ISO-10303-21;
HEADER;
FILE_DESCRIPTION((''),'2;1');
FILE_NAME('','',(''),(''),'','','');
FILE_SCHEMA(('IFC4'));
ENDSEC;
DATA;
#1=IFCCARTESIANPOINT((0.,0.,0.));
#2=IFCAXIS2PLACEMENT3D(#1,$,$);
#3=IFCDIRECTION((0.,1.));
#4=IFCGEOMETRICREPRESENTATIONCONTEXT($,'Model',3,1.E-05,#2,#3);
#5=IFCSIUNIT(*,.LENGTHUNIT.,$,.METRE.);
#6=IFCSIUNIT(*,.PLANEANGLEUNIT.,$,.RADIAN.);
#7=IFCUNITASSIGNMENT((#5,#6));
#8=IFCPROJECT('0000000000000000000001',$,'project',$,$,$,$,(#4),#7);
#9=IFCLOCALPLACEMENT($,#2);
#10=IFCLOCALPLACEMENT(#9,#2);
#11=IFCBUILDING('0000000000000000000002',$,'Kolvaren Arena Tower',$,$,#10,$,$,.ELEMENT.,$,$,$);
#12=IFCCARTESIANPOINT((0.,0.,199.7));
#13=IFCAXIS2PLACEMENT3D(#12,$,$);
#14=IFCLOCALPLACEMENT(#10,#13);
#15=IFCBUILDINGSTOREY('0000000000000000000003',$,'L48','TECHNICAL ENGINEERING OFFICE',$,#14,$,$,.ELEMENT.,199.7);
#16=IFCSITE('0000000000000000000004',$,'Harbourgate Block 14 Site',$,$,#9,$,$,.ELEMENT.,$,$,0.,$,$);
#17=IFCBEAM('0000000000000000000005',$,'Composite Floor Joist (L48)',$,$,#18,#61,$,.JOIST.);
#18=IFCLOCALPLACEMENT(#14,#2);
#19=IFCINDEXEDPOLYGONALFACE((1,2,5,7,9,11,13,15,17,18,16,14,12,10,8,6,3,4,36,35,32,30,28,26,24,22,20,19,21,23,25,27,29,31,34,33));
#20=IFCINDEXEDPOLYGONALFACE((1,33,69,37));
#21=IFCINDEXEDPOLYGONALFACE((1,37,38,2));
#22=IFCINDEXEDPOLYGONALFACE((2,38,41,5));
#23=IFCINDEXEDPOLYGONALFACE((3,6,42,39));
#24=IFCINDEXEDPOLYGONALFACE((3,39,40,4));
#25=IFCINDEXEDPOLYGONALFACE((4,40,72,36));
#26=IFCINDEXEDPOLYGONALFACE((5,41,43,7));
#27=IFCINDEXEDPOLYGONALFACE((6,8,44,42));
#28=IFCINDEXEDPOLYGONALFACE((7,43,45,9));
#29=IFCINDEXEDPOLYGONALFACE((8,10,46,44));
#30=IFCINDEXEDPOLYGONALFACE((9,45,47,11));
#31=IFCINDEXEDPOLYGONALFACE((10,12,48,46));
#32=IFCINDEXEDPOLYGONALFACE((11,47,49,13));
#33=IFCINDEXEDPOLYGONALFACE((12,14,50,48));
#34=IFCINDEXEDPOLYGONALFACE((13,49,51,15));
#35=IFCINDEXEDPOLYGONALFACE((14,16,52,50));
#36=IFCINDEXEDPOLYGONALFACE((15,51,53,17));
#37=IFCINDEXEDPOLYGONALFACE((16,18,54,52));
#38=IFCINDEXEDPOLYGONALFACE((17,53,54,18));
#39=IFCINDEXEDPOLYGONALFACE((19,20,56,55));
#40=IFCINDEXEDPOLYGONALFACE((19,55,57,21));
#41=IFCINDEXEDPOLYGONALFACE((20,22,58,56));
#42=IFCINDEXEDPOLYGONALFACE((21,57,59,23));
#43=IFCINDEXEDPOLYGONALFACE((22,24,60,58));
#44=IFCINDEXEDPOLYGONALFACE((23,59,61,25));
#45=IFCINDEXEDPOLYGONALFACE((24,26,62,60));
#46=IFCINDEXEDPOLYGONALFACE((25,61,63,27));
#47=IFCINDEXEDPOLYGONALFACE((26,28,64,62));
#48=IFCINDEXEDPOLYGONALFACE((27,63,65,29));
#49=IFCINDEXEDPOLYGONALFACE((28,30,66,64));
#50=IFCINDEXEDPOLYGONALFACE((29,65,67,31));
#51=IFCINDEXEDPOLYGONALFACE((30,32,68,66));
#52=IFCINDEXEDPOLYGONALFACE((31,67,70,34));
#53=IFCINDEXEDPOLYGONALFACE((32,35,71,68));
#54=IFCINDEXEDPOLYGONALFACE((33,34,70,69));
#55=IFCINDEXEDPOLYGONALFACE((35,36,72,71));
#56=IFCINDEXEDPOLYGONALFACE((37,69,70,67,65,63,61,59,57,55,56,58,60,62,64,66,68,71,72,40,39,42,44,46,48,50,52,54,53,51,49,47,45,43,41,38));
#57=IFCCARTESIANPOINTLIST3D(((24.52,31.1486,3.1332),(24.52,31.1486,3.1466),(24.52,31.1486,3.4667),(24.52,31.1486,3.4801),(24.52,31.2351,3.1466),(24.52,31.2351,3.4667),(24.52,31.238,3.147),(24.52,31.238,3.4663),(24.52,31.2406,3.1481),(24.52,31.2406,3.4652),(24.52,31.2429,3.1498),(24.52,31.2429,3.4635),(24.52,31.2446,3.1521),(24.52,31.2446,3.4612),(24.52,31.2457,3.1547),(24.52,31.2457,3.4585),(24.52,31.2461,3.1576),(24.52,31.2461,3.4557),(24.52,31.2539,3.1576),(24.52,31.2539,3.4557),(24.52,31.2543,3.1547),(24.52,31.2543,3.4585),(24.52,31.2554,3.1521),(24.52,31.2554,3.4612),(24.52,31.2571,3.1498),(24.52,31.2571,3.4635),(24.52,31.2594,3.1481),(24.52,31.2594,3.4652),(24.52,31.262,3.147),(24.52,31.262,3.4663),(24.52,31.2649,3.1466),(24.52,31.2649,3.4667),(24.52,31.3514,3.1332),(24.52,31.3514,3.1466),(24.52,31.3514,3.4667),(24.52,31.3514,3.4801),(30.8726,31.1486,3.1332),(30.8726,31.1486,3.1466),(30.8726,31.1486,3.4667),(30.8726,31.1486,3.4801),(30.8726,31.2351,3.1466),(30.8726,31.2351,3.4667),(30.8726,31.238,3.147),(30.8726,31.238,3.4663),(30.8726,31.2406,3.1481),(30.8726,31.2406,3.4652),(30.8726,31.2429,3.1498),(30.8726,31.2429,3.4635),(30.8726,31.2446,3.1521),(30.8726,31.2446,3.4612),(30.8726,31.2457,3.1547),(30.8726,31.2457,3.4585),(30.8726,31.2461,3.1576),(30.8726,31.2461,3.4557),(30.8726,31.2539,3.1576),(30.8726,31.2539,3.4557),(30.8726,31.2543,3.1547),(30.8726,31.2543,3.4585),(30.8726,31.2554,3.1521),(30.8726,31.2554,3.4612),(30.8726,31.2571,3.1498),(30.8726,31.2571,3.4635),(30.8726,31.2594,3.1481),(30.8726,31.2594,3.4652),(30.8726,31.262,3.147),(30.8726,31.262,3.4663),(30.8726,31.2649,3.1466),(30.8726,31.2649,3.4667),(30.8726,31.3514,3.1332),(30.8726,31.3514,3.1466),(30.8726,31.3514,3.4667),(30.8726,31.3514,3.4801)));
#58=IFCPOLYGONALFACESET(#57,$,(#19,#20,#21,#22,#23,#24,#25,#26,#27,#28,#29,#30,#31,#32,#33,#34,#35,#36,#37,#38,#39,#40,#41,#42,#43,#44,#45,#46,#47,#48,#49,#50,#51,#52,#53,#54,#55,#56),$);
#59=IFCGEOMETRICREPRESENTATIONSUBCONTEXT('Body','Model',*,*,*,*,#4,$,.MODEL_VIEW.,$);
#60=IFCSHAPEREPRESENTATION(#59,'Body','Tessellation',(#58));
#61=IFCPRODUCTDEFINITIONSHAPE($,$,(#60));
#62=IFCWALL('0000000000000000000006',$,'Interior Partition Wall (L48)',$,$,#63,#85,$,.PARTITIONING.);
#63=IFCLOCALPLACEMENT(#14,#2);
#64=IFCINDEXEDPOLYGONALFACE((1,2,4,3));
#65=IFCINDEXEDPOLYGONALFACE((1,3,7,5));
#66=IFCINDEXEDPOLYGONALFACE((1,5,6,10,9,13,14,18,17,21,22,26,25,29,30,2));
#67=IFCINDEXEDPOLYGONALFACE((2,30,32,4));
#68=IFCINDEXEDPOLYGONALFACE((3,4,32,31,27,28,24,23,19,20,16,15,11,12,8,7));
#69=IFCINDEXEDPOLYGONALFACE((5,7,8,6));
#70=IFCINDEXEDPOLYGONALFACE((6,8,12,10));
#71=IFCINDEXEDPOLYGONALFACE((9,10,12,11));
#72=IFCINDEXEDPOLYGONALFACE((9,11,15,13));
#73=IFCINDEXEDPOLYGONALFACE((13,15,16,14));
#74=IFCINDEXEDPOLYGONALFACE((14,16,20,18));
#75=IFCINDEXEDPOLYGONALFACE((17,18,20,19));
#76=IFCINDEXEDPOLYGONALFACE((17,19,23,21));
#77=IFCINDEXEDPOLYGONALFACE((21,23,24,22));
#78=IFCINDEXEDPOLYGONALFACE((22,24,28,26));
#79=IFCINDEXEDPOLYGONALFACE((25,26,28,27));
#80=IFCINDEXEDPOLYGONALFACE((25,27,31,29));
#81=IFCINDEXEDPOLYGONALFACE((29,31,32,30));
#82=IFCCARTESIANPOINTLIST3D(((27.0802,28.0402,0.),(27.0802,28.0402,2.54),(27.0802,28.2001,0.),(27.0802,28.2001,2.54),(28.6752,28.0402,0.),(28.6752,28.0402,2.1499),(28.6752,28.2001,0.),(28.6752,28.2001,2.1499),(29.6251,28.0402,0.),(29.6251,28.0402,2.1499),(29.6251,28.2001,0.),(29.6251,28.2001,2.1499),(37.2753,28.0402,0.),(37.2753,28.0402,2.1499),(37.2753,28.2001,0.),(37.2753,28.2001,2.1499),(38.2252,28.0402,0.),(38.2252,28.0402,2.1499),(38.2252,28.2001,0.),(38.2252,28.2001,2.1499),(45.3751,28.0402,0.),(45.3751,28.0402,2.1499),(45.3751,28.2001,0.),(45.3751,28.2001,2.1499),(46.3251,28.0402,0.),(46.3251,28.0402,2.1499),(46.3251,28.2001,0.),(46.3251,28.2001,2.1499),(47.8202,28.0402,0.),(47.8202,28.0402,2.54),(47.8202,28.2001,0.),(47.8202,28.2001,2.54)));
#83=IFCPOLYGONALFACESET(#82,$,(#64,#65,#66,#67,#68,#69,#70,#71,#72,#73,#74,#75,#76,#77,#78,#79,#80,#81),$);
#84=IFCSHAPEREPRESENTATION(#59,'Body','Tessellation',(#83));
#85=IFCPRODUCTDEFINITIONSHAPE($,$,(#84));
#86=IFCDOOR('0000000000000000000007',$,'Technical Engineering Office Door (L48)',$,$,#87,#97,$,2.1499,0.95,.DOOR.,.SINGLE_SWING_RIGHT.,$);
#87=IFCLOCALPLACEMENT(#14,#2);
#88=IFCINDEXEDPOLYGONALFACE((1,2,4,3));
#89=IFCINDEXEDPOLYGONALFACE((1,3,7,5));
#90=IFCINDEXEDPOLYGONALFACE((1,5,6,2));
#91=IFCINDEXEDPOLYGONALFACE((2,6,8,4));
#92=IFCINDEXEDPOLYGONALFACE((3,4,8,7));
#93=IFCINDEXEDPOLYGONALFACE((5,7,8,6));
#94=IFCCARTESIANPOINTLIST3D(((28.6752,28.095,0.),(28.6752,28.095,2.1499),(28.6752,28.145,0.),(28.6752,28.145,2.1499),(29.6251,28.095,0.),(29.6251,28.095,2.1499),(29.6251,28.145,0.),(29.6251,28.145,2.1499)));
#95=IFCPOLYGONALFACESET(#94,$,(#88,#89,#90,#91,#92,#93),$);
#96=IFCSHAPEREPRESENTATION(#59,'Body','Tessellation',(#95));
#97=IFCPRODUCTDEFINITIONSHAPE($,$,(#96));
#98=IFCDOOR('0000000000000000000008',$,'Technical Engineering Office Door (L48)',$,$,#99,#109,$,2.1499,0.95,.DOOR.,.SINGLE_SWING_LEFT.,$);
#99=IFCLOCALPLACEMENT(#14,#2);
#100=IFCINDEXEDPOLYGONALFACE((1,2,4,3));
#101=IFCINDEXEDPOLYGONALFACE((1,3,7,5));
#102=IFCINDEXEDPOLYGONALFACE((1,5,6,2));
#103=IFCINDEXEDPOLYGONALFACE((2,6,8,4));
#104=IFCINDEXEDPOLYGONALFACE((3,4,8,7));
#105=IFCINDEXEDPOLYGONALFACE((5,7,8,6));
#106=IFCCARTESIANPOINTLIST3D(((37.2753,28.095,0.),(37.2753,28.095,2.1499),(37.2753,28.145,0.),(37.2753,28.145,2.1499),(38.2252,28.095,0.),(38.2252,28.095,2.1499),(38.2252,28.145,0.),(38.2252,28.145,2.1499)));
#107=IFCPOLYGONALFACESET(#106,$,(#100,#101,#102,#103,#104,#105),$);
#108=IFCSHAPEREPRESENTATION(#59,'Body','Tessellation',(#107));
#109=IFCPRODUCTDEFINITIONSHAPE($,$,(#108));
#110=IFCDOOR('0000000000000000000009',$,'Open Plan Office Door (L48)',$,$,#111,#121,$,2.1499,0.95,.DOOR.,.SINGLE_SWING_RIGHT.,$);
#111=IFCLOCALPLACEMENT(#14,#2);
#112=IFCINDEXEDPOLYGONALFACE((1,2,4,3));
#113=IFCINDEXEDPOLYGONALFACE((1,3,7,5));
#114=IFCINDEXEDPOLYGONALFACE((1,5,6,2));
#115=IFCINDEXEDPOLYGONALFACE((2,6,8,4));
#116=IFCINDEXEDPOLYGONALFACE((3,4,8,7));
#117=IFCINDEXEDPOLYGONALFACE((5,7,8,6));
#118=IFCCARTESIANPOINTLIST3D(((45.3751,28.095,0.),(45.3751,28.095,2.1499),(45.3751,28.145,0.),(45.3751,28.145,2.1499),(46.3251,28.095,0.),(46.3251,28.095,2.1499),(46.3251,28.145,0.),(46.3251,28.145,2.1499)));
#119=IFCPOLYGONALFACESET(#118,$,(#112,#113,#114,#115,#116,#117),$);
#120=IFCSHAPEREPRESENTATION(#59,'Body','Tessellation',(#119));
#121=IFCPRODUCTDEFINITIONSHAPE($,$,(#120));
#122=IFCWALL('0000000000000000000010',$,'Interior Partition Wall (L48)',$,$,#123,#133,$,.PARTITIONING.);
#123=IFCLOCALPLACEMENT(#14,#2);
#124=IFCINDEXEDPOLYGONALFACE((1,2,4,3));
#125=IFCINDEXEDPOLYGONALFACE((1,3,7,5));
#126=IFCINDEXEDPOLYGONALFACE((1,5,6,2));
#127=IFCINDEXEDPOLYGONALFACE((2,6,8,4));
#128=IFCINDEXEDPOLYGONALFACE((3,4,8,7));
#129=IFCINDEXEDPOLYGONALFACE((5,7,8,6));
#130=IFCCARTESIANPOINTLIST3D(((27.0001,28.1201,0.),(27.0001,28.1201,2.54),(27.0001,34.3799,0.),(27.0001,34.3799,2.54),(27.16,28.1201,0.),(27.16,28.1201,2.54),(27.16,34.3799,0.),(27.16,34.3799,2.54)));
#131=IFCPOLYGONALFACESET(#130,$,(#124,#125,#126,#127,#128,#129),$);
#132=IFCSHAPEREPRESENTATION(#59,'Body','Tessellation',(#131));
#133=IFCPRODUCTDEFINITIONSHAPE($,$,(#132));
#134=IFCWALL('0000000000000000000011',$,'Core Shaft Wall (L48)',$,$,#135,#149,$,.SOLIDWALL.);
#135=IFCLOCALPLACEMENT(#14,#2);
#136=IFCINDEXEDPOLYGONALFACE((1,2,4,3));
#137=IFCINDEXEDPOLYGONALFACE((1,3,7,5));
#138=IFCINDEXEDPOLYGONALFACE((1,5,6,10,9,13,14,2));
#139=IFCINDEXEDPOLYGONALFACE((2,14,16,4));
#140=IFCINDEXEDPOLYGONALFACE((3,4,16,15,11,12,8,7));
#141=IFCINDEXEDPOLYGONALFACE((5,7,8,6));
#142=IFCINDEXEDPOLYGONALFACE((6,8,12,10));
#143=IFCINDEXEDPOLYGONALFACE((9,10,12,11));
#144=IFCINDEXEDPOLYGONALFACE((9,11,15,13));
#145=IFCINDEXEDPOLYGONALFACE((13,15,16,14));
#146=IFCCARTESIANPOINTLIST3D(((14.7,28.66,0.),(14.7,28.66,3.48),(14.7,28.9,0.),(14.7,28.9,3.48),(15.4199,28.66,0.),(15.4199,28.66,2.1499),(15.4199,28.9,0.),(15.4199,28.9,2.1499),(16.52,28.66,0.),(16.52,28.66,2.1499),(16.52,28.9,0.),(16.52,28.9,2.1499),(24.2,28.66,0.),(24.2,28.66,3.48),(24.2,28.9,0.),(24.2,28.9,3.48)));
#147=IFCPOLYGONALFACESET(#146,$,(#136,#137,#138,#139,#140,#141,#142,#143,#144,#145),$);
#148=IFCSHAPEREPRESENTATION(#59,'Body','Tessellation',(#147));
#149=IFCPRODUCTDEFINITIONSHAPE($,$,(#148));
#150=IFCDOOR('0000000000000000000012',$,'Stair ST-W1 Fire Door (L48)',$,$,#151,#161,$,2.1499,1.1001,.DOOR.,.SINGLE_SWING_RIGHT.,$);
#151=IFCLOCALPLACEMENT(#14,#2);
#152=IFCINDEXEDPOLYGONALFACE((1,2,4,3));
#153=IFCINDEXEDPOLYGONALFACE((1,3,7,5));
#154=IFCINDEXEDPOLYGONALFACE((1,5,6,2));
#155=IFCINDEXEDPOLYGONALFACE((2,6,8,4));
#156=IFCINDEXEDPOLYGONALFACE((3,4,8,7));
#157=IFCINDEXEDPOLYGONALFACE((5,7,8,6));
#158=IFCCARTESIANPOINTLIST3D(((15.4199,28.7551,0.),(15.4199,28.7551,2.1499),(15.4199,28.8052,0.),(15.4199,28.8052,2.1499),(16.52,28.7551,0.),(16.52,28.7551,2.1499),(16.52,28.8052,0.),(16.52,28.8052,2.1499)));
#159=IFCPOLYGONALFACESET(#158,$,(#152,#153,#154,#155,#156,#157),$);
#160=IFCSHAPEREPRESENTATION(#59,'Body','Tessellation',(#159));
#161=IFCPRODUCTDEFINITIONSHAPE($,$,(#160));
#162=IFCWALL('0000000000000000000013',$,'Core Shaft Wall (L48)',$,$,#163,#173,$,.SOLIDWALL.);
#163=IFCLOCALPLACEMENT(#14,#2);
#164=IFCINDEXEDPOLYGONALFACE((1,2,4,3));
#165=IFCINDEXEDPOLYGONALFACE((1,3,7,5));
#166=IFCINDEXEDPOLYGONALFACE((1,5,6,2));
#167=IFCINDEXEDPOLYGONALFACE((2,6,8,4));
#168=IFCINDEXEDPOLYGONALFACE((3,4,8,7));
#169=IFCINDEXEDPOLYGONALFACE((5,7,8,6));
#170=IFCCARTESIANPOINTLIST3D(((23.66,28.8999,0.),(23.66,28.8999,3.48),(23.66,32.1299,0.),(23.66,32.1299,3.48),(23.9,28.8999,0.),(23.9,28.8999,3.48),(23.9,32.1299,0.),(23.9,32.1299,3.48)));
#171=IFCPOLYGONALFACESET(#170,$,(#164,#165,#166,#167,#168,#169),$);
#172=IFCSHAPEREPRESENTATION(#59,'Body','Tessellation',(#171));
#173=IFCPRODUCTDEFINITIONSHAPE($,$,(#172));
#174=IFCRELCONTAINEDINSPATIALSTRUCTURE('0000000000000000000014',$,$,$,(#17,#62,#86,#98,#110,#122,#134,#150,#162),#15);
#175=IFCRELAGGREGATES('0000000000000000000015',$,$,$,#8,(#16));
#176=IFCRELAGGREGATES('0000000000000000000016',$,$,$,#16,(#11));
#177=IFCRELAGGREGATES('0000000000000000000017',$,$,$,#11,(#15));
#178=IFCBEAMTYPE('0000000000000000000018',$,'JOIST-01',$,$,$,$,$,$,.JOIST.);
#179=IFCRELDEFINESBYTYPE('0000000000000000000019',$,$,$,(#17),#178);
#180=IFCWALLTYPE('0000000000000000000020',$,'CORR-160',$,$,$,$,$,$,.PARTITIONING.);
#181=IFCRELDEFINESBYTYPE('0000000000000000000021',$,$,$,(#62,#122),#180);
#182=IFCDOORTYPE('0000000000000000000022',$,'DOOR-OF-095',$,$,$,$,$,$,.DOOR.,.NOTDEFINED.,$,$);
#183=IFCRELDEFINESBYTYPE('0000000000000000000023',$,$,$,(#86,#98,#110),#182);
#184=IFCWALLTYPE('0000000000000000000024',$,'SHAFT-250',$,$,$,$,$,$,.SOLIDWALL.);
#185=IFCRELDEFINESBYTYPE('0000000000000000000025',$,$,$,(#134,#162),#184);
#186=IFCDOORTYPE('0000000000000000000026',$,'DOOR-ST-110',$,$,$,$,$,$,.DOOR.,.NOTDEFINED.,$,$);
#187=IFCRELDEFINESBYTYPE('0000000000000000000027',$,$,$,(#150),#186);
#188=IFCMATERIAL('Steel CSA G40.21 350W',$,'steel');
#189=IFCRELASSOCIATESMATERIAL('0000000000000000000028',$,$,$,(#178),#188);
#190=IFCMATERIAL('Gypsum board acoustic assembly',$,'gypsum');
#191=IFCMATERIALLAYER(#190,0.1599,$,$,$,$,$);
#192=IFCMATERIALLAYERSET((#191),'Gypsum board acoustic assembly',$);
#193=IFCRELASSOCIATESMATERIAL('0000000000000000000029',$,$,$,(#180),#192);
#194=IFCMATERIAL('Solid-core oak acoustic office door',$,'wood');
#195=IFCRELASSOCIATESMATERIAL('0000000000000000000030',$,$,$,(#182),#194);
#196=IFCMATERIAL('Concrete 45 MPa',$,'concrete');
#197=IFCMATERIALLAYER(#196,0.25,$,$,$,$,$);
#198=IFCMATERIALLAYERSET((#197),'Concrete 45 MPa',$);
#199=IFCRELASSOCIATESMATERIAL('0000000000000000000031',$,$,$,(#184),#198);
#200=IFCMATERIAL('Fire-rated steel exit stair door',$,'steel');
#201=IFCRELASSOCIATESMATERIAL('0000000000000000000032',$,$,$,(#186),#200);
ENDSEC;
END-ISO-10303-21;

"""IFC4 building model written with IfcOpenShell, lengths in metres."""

from ifc_helpers import new_model, si_unit, direction, frame, frame_2d, origin, origin_2d, place, context, subcontext, project, spatial, rectangle, i_section, extrude, material, layer, layer_set, material_profile, profile_set, type_object, element, fill, save


model = new_model("IFC4")

# Units and contexts
model_context = context("Model", 3, precision=1e-05, world=origin(), true_north=direction((0.0, 1.0)))
body_context = subcontext(model_context, "Body", "Model", "MODEL_VIEW")
ifc_project = project(units=[si_unit("LENGTHUNIT", "METRE"), si_unit("PLANEANGLEUNIT", "RADIAN")], contexts=[model_context])

# Site, building, storey
site_placement = place(None, origin())
site = spatial("IfcSite", under=ifc_project, at=site_placement, Name="Harbourgate Block 14 Site", CompositionType="ELEMENT", RefElevation=0.0)
building_placement = place(site_placement, origin())
building = spatial("IfcBuilding", under=site, at=building_placement, Name="Kolvaren Arena Tower", CompositionType="ELEMENT")
storey_placement = place(building_placement, frame((0.0, 0.0, 199.7)))
storey = spatial("IfcBuildingStorey", under=building, at=storey_placement, Name="L48", Description="TECHNICAL ENGINEERING OFFICE", CompositionType="ELEMENT", Elevation=199.7)

# Beam
ifc_material_1 = material(Name="Steel CSA G40.21 350W", Category="steel")
ifc_material_profile_1 = material_profile(ifc_material_1, i_section(OverallWidth=0.2029, OverallDepth=0.3469, WebThickness=0.0078, FlangeThickness=0.0134, FilletRadius=0.011, at=origin_2d()), Name="W360x64")
ifc_profile_set_1 = profile_set([ifc_material_profile_1], Name="Steel CSA G40.21 350W")
beam_type_1 = type_object("IfcBeamType", Name="JOIST-01", PredefinedType="JOIST", material=ifc_profile_set_1)
beam_1_placement = place(storey_placement, frame((24.52, 31.25, 3.3066), z_axis=(1.0, 0.0, 0.0), x_axis=(0.0, 1.0, 0.0)))
element("IfcBeam", 1, at=beam_1_placement, inside=storey, type_object=beam_type_1, Name="Composite Floor Joist (L48)", PredefinedType="JOIST", context=body_context, shape_type="SweptSolid", body=[
    extrude(i_section(OverallWidth=0.2029, OverallDepth=0.3469, WebThickness=0.0078, FlangeThickness=0.0134, FilletRadius=0.011, at=origin_2d()), origin(), (0.0, 0.0, 1.0), 6.3525),
])

# Wall, openings, doors
ifc_material_2 = material(Name="Gypsum board acoustic assembly", Category="gypsum")
ifc_layer_1 = layer(ifc_material_2, 0.1599)
ifc_layer_set_1 = layer_set([ifc_layer_1], Name="Gypsum board acoustic assembly")
wall_type_1 = type_object("IfcWallType", Name="CORR-160", PredefinedType="PARTITIONING", material=ifc_layer_set_1)
wall_1_placement = place(storey_placement, frame((27.0801, 28.1201, 0.0), z_axis=(0.0, 0.0, 1.0), x_axis=(1.0, 0.0, 0.0)))
wall_1 = element("IfcWall", 2, at=wall_1_placement, inside=storey, type_object=wall_type_1, Name="Interior Partition Wall (L48)", PredefinedType="PARTITIONING", context=body_context, shape_type="SweptSolid", body=[
    extrude(rectangle(XDim=20.74, YDim=0.1599, at=frame_2d((10.3701, 0.0))), origin(), (0.0, 0.0, 1.0), 2.54),
])
opening_1_placement = place(wall_1_placement, frame((1.595, 0.0, 0.0)))
opening_1 = element("IfcOpeningElement", 3, at=opening_1_placement, cuts=wall_1, PredefinedType="OPENING", context=body_context, shape_type="SweptSolid", body=[
    extrude(rectangle(XDim=0.95, YDim=2.1499, at=frame_2d((0.4751, 1.075))), frame((0.0, 0.0898, 0.0), z_axis=(0.0, -1.0, 0.0), x_axis=(1.0, 0.0, 0.0)), (0.0, 0.0, 1.0), 0.1799),
])
opening_2_placement = place(wall_1_placement, frame((10.1951, 0.0, 0.0)))
opening_2 = element("IfcOpeningElement", 4, at=opening_2_placement, cuts=wall_1, PredefinedType="OPENING", context=body_context, shape_type="SweptSolid", body=[
    extrude(rectangle(XDim=0.95, YDim=2.1499, at=frame_2d((0.4751, 1.075))), frame((0.0, 0.0898, 0.0), z_axis=(0.0, -1.0, 0.0), x_axis=(1.0, 0.0, 0.0)), (0.0, 0.0, 1.0), 0.1799),
])
opening_3_placement = place(wall_1_placement, frame((18.2949, 0.0, 0.0)))
opening_3 = element("IfcOpeningElement", 5, at=opening_3_placement, cuts=wall_1, PredefinedType="OPENING", context=body_context, shape_type="SweptSolid", body=[
    extrude(rectangle(XDim=0.95, YDim=2.1499, at=frame_2d((0.4751, 1.075))), frame((0.0, 0.0898, 0.0), z_axis=(0.0, -1.0, 0.0), x_axis=(1.0, 0.0, 0.0)), (0.0, 0.0, 1.0), 0.1799),
])
ifc_material_3 = material(Name="Solid-core oak acoustic office door", Category="wood")
door_type_1 = type_object("IfcDoorType", Name="DOOR-OF-095", OperationType="NOTDEFINED", PredefinedType="DOOR", material=ifc_material_3)
door_1_placement = place(opening_1_placement, origin())
door_1 = element("IfcDoor", 6, at=door_1_placement, inside=storey, type_object=door_type_1, Name="Technical Engineering Office Door (L48)", OperationType="SINGLE_SWING_RIGHT", OverallHeight=2.1499, OverallWidth=0.95, PredefinedType="DOOR", context=body_context, shape_type="SweptSolid", body=[
    extrude(rectangle(XDim=0.95, YDim=2.1499, at=frame_2d((0.4751, 1.075))), frame((0.0, 0.0249, 0.0), z_axis=(0.0, -1.0, 0.0), x_axis=(1.0, 0.0, 0.0)), (0.0, 0.0, 1.0), 0.05),
])
fill(opening_1, door_1)
door_2_placement = place(opening_2_placement, origin())
door_2 = element("IfcDoor", 7, at=door_2_placement, inside=storey, type_object=door_type_1, Name="Technical Engineering Office Door (L48)", OperationType="SINGLE_SWING_LEFT", OverallHeight=2.1499, OverallWidth=0.95, PredefinedType="DOOR", context=body_context, shape_type="SweptSolid", body=[
    extrude(rectangle(XDim=0.95, YDim=2.1499, at=frame_2d((0.4751, 1.075))), frame((0.0, 0.0249, 0.0), z_axis=(0.0, -1.0, 0.0), x_axis=(1.0, 0.0, 0.0)), (0.0, 0.0, 1.0), 0.05),
])
fill(opening_2, door_2)
door_3_placement = place(opening_3_placement, origin())
door_3 = element("IfcDoor", 8, at=door_3_placement, inside=storey, type_object=door_type_1, Name="Open Plan Office Door (L48)", OperationType="SINGLE_SWING_RIGHT", OverallHeight=2.1499, OverallWidth=0.95, PredefinedType="DOOR", context=body_context, shape_type="SweptSolid", body=[
    extrude(rectangle(XDim=0.95, YDim=2.1499, at=frame_2d((0.4751, 1.075))), frame((0.0, 0.0249, 0.0), z_axis=(0.0, -1.0, 0.0), x_axis=(1.0, 0.0, 0.0)), (0.0, 0.0, 1.0), 0.05),
])
fill(opening_3, door_3)

# Wall
wall_2_placement = place(storey_placement, frame((27.0801, 28.1201, 0.0), z_axis=(0.0, 0.0, 1.0), x_axis=(0.0, 1.0, 0.0)))
element("IfcWall", 9, at=wall_2_placement, inside=storey, type_object=wall_type_1, Name="Interior Partition Wall (L48)", PredefinedType="PARTITIONING", context=body_context, shape_type="SweptSolid", body=[
    extrude(rectangle(XDim=6.2598, YDim=0.1599, at=frame_2d((3.1299, 0.0))), origin(), (0.0, 0.0, 1.0), 2.54),
])

# Wall, opening, door
ifc_material_4 = material(Name="Concrete 45 MPa", Category="concrete")
ifc_layer_2 = layer(ifc_material_4, 0.25)
ifc_layer_set_2 = layer_set([ifc_layer_2], Name="Concrete 45 MPa")
wall_type_2 = type_object("IfcWallType", Name="SHAFT-250", PredefinedType="SOLIDWALL", material=ifc_layer_set_2)
wall_3_placement = place(storey_placement, frame((24.2, 28.78, 0.0), z_axis=(0.0, 0.0, 1.0), x_axis=(-1.0, 0.0, 0.0)))
wall_3 = element("IfcWall", 10, at=wall_3_placement, inside=storey, type_object=wall_type_2, Name="Core Shaft Wall (L48)", PredefinedType="SOLIDWALL", context=body_context, shape_type="SweptSolid", body=[
    extrude(rectangle(XDim=9.5, YDim=0.24, at=frame_2d((4.75, 0.0))), origin(), (0.0, 0.0, 1.0), 3.48),
])
opening_4_placement = place(wall_3_placement, frame((7.6799, 0.0, 0.0)))
opening_4 = element("IfcOpeningElement", 11, at=opening_4_placement, cuts=wall_3, PredefinedType="OPENING", context=body_context, shape_type="SweptSolid", body=[
    extrude(rectangle(XDim=1.1001, YDim=2.1499, at=frame_2d((0.55, 1.075))), frame((0.0, 0.1299, 0.0), z_axis=(0.0, -1.0, 0.0), x_axis=(1.0, 0.0, 0.0)), (0.0, 0.0, 1.0), 0.26),
])
ifc_material_5 = material(Name="Fire-rated steel exit stair door", Category="steel")
door_type_2 = type_object("IfcDoorType", Name="DOOR-ST-110", OperationType="NOTDEFINED", PredefinedType="DOOR", material=ifc_material_5)
door_4_placement = place(opening_4_placement, origin())
door_4 = element("IfcDoor", 12, at=door_4_placement, inside=storey, type_object=door_type_2, Name="Stair ST-W1 Fire Door (L48)", OperationType="SINGLE_SWING_RIGHT", OverallHeight=2.1499, OverallWidth=1.1001, PredefinedType="DOOR", context=body_context, shape_type="SweptSolid", body=[
    extrude(rectangle(XDim=1.1001, YDim=2.1499, at=frame_2d((0.55, 1.075))), frame((0.0, 0.0249, 0.0), z_axis=(0.0, -1.0, 0.0), x_axis=(1.0, 0.0, 0.0)), (0.0, 0.0, 1.0), 0.05),
])
fill(opening_4, door_4)

# Wall
wall_4_placement = place(storey_placement, frame((23.78, 28.8999, 0.0), z_axis=(0.0, 0.0, 1.0), x_axis=(0.0, 1.0, 0.0)))
element("IfcWall", 13, at=wall_4_placement, inside=storey, type_object=wall_type_2, Name="Core Shaft Wall (L48)", PredefinedType="SOLIDWALL", context=body_context, shape_type="SweptSolid", body=[
    extrude(rectangle(XDim=3.23, YDim=0.24, at=frame_2d((1.615, 0.0))), origin(), (0.0, 0.0, 1.0), 3.48),
])

save(model, "model.ifc")
